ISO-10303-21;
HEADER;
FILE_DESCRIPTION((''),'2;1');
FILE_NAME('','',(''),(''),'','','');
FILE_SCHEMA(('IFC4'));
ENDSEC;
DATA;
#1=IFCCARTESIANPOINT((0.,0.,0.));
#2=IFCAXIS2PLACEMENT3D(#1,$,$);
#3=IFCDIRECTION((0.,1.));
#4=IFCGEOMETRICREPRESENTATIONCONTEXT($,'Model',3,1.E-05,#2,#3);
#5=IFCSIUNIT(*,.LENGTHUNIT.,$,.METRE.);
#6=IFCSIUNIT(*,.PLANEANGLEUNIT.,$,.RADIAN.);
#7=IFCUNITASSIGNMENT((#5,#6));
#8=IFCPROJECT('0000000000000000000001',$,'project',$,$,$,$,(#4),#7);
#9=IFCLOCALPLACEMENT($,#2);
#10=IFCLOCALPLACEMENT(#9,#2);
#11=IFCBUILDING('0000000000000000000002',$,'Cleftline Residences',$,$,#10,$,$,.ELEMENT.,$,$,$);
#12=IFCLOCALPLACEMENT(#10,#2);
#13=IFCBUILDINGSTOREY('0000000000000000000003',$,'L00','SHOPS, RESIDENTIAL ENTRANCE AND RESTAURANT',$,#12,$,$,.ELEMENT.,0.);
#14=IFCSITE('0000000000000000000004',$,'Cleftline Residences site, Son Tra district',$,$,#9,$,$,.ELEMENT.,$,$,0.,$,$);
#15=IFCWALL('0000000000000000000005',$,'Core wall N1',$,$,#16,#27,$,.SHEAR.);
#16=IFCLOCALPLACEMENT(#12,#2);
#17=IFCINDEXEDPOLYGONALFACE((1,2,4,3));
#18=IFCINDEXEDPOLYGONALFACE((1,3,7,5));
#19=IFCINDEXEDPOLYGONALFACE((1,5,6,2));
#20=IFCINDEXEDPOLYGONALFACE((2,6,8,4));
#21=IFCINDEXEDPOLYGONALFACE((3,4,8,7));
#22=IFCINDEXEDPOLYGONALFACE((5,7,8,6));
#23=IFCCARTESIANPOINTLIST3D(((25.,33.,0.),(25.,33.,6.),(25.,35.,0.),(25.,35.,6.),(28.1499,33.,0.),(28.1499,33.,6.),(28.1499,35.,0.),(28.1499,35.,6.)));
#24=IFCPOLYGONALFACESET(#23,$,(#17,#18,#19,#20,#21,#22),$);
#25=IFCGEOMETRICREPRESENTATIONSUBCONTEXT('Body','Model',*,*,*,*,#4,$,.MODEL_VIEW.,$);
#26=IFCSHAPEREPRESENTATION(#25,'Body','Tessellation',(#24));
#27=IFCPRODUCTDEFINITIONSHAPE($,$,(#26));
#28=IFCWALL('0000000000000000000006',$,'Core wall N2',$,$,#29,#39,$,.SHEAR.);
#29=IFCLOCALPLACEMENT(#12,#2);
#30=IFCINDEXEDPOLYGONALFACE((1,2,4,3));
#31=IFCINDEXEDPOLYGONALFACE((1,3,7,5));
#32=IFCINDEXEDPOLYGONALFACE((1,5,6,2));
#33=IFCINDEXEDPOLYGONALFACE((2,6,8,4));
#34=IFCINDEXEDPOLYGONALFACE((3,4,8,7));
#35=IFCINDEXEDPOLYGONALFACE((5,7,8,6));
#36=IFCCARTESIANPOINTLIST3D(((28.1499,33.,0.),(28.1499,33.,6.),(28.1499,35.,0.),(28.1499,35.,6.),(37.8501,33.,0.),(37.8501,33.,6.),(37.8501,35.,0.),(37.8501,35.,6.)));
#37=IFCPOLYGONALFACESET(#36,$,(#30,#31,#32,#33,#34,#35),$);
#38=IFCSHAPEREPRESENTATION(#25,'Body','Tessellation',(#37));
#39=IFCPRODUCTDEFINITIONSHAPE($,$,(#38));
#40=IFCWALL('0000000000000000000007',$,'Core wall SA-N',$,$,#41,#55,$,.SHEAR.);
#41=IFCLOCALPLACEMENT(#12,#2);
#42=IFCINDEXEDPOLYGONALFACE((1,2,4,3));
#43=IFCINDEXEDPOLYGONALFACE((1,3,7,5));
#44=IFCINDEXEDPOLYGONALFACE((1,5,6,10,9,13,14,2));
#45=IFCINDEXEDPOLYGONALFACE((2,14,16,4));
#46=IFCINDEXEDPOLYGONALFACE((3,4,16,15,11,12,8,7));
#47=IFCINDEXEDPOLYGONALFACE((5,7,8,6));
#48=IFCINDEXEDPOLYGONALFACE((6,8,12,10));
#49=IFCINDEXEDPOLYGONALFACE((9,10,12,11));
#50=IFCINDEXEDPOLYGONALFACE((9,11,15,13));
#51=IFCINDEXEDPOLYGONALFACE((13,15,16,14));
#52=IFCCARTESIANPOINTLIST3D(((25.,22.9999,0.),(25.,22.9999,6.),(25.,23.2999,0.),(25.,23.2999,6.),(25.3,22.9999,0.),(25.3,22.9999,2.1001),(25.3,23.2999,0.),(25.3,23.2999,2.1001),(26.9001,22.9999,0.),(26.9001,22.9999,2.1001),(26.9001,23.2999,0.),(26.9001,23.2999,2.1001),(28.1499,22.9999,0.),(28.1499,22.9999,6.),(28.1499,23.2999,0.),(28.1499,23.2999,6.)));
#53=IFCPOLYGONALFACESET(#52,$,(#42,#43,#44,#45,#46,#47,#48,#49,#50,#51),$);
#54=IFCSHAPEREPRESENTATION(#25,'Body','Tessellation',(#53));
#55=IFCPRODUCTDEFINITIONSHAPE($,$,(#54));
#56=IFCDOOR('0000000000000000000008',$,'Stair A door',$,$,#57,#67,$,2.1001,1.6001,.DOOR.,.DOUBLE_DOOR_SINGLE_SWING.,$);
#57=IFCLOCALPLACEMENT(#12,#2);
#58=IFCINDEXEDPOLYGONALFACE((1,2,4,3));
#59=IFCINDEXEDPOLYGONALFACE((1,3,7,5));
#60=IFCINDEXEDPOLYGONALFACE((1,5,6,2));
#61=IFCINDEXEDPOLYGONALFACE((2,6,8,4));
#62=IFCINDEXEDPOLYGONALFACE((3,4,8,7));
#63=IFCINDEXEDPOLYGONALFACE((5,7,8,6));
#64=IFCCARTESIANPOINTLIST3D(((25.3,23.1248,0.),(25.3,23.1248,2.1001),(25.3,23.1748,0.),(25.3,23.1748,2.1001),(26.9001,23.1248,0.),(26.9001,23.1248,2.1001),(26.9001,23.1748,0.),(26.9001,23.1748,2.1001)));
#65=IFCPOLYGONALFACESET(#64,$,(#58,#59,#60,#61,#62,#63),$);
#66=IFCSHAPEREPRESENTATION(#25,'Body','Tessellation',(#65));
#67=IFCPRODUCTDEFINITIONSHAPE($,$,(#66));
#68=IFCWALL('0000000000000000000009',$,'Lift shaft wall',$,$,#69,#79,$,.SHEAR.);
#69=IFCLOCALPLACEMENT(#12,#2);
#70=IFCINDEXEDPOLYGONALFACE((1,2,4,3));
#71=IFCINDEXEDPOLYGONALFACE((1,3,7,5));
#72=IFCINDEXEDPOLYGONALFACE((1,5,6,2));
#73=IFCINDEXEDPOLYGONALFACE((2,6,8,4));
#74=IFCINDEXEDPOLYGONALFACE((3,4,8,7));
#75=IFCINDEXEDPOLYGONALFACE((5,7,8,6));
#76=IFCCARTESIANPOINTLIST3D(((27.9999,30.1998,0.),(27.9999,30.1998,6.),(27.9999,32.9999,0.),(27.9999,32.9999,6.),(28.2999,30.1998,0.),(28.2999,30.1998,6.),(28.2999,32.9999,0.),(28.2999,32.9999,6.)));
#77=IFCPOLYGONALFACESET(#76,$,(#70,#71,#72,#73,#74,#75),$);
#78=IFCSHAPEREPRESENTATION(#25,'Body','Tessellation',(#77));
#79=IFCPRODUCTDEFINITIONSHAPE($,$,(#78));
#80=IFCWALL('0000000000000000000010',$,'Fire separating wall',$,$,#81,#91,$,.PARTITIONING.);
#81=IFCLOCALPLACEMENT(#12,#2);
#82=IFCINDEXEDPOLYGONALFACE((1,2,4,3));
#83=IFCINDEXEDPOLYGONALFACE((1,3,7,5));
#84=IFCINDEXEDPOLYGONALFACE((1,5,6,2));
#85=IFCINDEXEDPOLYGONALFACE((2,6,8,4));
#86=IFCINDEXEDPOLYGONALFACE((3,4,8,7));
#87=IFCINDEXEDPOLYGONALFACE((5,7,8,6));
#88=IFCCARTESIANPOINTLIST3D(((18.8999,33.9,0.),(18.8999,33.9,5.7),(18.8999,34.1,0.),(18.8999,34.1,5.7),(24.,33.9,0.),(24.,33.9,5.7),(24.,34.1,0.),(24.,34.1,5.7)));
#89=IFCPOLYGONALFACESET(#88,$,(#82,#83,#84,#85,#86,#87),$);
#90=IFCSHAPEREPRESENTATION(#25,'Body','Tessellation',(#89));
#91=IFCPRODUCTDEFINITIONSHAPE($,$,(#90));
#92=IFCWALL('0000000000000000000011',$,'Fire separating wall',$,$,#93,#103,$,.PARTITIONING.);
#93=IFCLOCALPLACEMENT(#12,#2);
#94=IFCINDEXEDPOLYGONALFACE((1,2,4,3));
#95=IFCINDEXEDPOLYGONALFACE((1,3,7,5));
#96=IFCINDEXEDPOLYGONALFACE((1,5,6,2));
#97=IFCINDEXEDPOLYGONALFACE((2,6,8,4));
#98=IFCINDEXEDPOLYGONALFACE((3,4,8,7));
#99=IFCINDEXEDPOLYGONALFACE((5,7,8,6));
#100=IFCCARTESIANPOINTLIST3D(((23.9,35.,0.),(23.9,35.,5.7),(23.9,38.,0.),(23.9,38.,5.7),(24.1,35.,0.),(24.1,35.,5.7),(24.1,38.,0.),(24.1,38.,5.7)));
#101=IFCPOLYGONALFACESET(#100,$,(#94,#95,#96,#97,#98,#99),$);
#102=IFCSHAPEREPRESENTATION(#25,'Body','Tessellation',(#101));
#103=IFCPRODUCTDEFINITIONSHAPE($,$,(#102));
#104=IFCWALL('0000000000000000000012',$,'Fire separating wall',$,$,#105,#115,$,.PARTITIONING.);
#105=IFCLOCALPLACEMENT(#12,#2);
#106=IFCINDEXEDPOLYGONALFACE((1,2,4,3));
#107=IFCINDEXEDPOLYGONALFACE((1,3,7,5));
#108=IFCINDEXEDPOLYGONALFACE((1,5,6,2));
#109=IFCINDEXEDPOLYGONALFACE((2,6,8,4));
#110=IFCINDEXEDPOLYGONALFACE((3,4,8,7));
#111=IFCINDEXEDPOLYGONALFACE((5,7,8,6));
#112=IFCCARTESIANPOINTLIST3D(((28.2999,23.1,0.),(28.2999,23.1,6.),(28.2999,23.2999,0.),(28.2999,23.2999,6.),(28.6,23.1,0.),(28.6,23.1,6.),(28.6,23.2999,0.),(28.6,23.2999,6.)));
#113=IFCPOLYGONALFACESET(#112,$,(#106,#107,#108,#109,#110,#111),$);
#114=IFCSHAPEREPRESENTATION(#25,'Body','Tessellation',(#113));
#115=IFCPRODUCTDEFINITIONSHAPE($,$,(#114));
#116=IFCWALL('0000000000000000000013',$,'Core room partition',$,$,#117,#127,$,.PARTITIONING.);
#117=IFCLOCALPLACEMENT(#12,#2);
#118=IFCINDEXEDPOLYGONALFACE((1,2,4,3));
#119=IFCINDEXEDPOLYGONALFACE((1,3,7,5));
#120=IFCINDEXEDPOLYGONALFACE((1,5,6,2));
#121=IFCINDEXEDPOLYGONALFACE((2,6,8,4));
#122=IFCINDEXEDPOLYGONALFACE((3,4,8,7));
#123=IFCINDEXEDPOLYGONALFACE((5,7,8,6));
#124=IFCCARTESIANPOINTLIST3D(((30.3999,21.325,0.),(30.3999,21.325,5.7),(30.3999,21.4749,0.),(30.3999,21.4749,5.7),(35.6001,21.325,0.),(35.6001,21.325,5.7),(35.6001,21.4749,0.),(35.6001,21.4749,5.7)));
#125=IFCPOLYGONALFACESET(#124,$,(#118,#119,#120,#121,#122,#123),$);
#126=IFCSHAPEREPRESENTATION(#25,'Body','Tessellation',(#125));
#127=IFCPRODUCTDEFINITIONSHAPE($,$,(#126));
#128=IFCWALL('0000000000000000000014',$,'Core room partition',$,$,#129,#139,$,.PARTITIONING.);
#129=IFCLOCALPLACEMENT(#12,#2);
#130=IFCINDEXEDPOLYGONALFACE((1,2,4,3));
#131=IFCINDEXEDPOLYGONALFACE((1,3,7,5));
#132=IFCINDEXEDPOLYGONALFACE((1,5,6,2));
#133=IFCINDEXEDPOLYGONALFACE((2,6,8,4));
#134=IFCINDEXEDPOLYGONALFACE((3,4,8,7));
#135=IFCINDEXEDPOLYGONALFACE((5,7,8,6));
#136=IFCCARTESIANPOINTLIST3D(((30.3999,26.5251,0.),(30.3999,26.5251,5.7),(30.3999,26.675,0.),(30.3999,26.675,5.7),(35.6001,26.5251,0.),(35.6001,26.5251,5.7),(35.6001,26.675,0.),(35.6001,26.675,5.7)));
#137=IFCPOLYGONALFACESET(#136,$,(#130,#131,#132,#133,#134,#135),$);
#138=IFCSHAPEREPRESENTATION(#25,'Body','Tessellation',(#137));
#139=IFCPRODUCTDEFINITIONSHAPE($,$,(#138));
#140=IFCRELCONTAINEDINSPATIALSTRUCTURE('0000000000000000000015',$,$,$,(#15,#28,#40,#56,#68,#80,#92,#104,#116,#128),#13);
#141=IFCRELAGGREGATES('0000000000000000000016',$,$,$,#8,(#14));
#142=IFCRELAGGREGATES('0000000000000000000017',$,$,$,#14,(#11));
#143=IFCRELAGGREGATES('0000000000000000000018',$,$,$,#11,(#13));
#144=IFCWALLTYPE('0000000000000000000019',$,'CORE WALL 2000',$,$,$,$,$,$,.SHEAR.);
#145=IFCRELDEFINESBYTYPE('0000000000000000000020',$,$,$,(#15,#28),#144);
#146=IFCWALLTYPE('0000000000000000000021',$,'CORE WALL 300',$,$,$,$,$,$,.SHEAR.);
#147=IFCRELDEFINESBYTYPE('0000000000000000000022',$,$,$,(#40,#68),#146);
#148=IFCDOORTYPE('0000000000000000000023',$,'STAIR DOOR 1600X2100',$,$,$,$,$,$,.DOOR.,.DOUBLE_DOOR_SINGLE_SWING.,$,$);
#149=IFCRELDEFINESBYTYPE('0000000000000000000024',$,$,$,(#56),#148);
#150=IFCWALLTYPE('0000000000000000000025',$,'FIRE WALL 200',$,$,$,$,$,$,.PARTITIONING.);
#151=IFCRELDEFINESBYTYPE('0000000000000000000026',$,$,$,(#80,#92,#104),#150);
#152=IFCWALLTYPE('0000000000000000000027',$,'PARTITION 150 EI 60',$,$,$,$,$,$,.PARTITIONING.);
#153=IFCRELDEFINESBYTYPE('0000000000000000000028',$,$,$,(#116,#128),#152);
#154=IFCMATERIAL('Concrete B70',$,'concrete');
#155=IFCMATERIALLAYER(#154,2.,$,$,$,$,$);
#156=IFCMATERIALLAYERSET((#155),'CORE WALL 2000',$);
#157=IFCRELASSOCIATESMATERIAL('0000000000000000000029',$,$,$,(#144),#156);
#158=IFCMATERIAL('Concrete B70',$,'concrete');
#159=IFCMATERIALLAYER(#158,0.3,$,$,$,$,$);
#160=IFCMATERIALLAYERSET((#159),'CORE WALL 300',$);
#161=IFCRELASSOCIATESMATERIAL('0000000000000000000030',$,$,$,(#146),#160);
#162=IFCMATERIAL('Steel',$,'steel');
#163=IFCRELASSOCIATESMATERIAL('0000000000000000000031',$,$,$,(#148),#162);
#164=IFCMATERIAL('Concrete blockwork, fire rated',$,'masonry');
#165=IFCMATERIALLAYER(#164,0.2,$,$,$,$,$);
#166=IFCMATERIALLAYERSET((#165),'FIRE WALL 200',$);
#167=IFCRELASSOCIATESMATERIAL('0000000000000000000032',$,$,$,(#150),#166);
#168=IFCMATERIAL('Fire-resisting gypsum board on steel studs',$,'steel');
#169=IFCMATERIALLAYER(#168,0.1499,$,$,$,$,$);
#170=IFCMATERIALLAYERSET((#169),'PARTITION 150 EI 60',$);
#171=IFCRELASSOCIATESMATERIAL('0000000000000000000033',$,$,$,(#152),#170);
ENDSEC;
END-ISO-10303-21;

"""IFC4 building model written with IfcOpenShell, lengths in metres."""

from ifc_helpers import new_model, si_unit, direction, frame, frame_2d, origin, place, context, subcontext, project, spatial, rectangle, extrude, material, layer, layer_set, type_object, element, fill, save


model = new_model("IFC4")

# Units and contexts
model_context = context("Model", 3, precision=1e-05, world=origin(), true_north=direction((0.0, 1.0)))
body_context = subcontext(model_context, "Body", "Model", "MODEL_VIEW")
ifc_project = project(units=[si_unit("LENGTHUNIT", "METRE"), si_unit("PLANEANGLEUNIT", "RADIAN")], contexts=[model_context])

# Site, building, storey
site_placement = place(None, origin())
site = spatial("IfcSite", under=ifc_project, at=site_placement, Name="Cleftline Residences site, Son Tra district", CompositionType="ELEMENT", RefElevation=0.0)
building_placement = place(site_placement, origin())
building = spatial("IfcBuilding", under=site, at=building_placement, Name="Cleftline Residences", CompositionType="ELEMENT")
storey_placement = place(building_placement, origin())
storey = spatial("IfcBuildingStorey", under=building, at=storey_placement, Name="L00", Description="SHOPS, RESIDENTIAL ENTRANCE AND RESTAURANT", CompositionType="ELEMENT", Elevation=0.0)

# Walls
ifc_material_1 = material(Name="Concrete B70", Category="concrete")
ifc_layer_1 = layer(ifc_material_1, 2.0)
ifc_layer_set_1 = layer_set([ifc_layer_1], Name="CORE WALL 2000")
wall_type_1 = type_object("IfcWallType", Name="CORE WALL 2000", PredefinedType="SHEAR", material=ifc_layer_set_1)
wall_1_placement = place(storey_placement, frame((25.0, 34.0, 0.0), z_axis=(0.0, 0.0, 1.0), x_axis=(1.0, 0.0, 0.0)))
element("IfcWall", 1, at=wall_1_placement, inside=storey, type_object=wall_type_1, Name="Core wall N1", PredefinedType="SHEAR", context=body_context, shape_type="SweptSolid", body=[
    extrude(rectangle(XDim=3.1499, YDim=2.0, at=frame_2d((1.575, 0.0))), origin(), (0.0, 0.0, 1.0), 6.0),
])
wall_2_placement = place(storey_placement, frame((28.1499, 34.0, 0.0), z_axis=(0.0, 0.0, 1.0), x_axis=(1.0, 0.0, 0.0)))
element("IfcWall", 2, at=wall_2_placement, inside=storey, type_object=wall_type_1, Name="Core wall N2", PredefinedType="SHEAR", context=body_context, shape_type="SweptSolid", body=[
    extrude(rectangle(XDim=9.7002, YDim=2.0, at=frame_2d((4.8501, 0.0))), origin(), (0.0, 0.0, 1.0), 6.0),
])

# Wall, opening, door
ifc_material_2 = material(Name="Concrete B70", Category="concrete")
ifc_layer_2 = layer(ifc_material_2, 0.3)
ifc_layer_set_2 = layer_set([ifc_layer_2], Name="CORE WALL 300")
wall_type_2 = type_object("IfcWallType", Name="CORE WALL 300", PredefinedType="SHEAR", material=ifc_layer_set_2)
wall_3_placement = place(storey_placement, frame((25.0, 23.1499, 0.0), z_axis=(0.0, 0.0, 1.0), x_axis=(1.0, 0.0, 0.0)))
wall_3 = element("IfcWall", 3, at=wall_3_placement, inside=storey, type_object=wall_type_2, Name="Core wall SA-N", PredefinedType="SHEAR", context=body_context, shape_type="SweptSolid", body=[
    extrude(rectangle(XDim=3.1499, YDim=0.3, at=frame_2d((1.575, 0.0))), origin(), (0.0, 0.0, 1.0), 6.0),
])
opening_1_placement = place(wall_3_placement, frame((0.3, 0.0, 0.0)))
opening_1 = element("IfcOpeningElement", 4, at=opening_1_placement, cuts=wall_3, PredefinedType="OPENING", context=body_context, shape_type="SweptSolid", body=[
    extrude(rectangle(XDim=1.6001, YDim=2.1001, at=frame_2d((0.8, 1.05))), frame((0.0, 0.1599, 0.0), z_axis=(0.0, -1.0, 0.0), x_axis=(1.0, 0.0, 0.0)), (0.0, 0.0, 1.0), 0.3201),
])
ifc_material_3 = material(Name="Steel", Category="steel")
door_type_1 = type_object("IfcDoorType", Name="STAIR DOOR 1600X2100", OperationType="DOUBLE_DOOR_SINGLE_SWING", PredefinedType="DOOR", material=ifc_material_3)
door_1_placement = place(opening_1_placement, origin())
door_1 = element("IfcDoor", 5, at=door_1_placement, inside=storey, type_object=door_type_1, Name="Stair A door", OperationType="DOUBLE_DOOR_SINGLE_SWING", OverallHeight=2.1001, OverallWidth=1.6001, PredefinedType="DOOR", context=body_context, shape_type="SweptSolid", body=[
    extrude(rectangle(XDim=1.6001, YDim=2.1001, at=frame_2d((0.8, 1.05))), frame((0.0, 0.0249, 0.0), z_axis=(0.0, -1.0, 0.0), x_axis=(1.0, 0.0, 0.0)), (0.0, 0.0, 1.0), 0.05),
])
fill(opening_1, door_1)

# Walls
wall_4_placement = place(storey_placement, frame((28.1499, 30.2, 0.0), z_axis=(0.0, 0.0, 1.0), x_axis=(0.0, 1.0, 0.0)))
element("IfcWall", 6, at=wall_4_placement, inside=storey, type_object=wall_type_2, Name="Lift shaft wall", PredefinedType="SHEAR", context=body_context, shape_type="SweptSolid", body=[
    extrude(rectangle(XDim=2.8, YDim=0.3, at=frame_2d((1.3999, 0.0))), origin(), (0.0, 0.0, 1.0), 6.0),
])
ifc_material_4 = material(Name="Concrete blockwork, fire rated", Category="masonry")
ifc_layer_3 = layer(ifc_material_4, 0.2)
ifc_layer_set_3 = layer_set([ifc_layer_3], Name="FIRE WALL 200")
wall_type_3 = type_object("IfcWallType", Name="FIRE WALL 200", PredefinedType="PARTITIONING", material=ifc_layer_set_3)
wall_5_placement = place(storey_placement, frame((18.8999, 34.0, 0.0), z_axis=(0.0, 0.0, 1.0), x_axis=(1.0, 0.0, 0.0)))
element("IfcWall", 7, at=wall_5_placement, inside=storey, type_object=wall_type_3, Name="Fire separating wall", PredefinedType="PARTITIONING", context=body_context, shape_type="SweptSolid", body=[
    extrude(rectangle(XDim=5.1001, YDim=0.2, at=frame_2d((2.55, 0.0))), origin(), (0.0, 0.0, 1.0), 5.7),
])
wall_6_placement = place(storey_placement, frame((24.0, 35.0, 0.0), z_axis=(0.0, 0.0, 1.0), x_axis=(0.0, 1.0, 0.0)))
element("IfcWall", 8, at=wall_6_placement, inside=storey, type_object=wall_type_3, Name="Fire separating wall", PredefinedType="PARTITIONING", context=body_context, shape_type="SweptSolid", body=[
    extrude(rectangle(XDim=3.0, YDim=0.2, at=frame_2d((1.5, 0.0))), origin(), (0.0, 0.0, 1.0), 5.7),
])
wall_7_placement = place(storey_placement, frame((28.3, 23.2, 0.0), z_axis=(0.0, 0.0, 1.0), x_axis=(1.0, 0.0, 0.0)))
element("IfcWall", 9, at=wall_7_placement, inside=storey, type_object=wall_type_3, Name="Fire separating wall", PredefinedType="PARTITIONING", context=body_context, shape_type="SweptSolid", body=[
    extrude(rectangle(XDim=0.3, YDim=0.2, at=frame_2d((0.1499, 0.0))), origin(), (0.0, 0.0, 1.0), 6.0),
])
ifc_material_5 = material(Name="Fire-resisting gypsum board on steel studs", Category="steel")
ifc_layer_4 = layer(ifc_material_5, 0.1499)
ifc_layer_set_4 = layer_set([ifc_layer_4], Name="PARTITION 150 EI 60")
wall_type_4 = type_object("IfcWallType", Name="PARTITION 150 EI 60", PredefinedType="PARTITIONING", material=ifc_layer_set_4)
for number, where, z_axis, x_axis, name in (
    (10, (30.3999, 21.3999, 0.0), (0.0, 0.0, 1.0), (1.0, 0.0, 0.0), "Core room partition"),
    (11, (30.3999, 26.6001, 0.0), (0.0, 0.0, 1.0), (1.0, 0.0, 0.0), "Core room partition"),
):
    element("IfcWall", number, at=place(storey_placement, frame(where, z_axis=z_axis, x_axis=x_axis)), inside=storey, type_object=wall_type_4, Name=name, PredefinedType="PARTITIONING", context=body_context, shape_type="SweptSolid", body=[
        extrude(rectangle(XDim=5.2002, YDim=0.1499, at=frame_2d((2.6001, 0.0))), origin(), (0.0, 0.0, 1.0), 5.7),
    ])

save(model, "model.ifc")
